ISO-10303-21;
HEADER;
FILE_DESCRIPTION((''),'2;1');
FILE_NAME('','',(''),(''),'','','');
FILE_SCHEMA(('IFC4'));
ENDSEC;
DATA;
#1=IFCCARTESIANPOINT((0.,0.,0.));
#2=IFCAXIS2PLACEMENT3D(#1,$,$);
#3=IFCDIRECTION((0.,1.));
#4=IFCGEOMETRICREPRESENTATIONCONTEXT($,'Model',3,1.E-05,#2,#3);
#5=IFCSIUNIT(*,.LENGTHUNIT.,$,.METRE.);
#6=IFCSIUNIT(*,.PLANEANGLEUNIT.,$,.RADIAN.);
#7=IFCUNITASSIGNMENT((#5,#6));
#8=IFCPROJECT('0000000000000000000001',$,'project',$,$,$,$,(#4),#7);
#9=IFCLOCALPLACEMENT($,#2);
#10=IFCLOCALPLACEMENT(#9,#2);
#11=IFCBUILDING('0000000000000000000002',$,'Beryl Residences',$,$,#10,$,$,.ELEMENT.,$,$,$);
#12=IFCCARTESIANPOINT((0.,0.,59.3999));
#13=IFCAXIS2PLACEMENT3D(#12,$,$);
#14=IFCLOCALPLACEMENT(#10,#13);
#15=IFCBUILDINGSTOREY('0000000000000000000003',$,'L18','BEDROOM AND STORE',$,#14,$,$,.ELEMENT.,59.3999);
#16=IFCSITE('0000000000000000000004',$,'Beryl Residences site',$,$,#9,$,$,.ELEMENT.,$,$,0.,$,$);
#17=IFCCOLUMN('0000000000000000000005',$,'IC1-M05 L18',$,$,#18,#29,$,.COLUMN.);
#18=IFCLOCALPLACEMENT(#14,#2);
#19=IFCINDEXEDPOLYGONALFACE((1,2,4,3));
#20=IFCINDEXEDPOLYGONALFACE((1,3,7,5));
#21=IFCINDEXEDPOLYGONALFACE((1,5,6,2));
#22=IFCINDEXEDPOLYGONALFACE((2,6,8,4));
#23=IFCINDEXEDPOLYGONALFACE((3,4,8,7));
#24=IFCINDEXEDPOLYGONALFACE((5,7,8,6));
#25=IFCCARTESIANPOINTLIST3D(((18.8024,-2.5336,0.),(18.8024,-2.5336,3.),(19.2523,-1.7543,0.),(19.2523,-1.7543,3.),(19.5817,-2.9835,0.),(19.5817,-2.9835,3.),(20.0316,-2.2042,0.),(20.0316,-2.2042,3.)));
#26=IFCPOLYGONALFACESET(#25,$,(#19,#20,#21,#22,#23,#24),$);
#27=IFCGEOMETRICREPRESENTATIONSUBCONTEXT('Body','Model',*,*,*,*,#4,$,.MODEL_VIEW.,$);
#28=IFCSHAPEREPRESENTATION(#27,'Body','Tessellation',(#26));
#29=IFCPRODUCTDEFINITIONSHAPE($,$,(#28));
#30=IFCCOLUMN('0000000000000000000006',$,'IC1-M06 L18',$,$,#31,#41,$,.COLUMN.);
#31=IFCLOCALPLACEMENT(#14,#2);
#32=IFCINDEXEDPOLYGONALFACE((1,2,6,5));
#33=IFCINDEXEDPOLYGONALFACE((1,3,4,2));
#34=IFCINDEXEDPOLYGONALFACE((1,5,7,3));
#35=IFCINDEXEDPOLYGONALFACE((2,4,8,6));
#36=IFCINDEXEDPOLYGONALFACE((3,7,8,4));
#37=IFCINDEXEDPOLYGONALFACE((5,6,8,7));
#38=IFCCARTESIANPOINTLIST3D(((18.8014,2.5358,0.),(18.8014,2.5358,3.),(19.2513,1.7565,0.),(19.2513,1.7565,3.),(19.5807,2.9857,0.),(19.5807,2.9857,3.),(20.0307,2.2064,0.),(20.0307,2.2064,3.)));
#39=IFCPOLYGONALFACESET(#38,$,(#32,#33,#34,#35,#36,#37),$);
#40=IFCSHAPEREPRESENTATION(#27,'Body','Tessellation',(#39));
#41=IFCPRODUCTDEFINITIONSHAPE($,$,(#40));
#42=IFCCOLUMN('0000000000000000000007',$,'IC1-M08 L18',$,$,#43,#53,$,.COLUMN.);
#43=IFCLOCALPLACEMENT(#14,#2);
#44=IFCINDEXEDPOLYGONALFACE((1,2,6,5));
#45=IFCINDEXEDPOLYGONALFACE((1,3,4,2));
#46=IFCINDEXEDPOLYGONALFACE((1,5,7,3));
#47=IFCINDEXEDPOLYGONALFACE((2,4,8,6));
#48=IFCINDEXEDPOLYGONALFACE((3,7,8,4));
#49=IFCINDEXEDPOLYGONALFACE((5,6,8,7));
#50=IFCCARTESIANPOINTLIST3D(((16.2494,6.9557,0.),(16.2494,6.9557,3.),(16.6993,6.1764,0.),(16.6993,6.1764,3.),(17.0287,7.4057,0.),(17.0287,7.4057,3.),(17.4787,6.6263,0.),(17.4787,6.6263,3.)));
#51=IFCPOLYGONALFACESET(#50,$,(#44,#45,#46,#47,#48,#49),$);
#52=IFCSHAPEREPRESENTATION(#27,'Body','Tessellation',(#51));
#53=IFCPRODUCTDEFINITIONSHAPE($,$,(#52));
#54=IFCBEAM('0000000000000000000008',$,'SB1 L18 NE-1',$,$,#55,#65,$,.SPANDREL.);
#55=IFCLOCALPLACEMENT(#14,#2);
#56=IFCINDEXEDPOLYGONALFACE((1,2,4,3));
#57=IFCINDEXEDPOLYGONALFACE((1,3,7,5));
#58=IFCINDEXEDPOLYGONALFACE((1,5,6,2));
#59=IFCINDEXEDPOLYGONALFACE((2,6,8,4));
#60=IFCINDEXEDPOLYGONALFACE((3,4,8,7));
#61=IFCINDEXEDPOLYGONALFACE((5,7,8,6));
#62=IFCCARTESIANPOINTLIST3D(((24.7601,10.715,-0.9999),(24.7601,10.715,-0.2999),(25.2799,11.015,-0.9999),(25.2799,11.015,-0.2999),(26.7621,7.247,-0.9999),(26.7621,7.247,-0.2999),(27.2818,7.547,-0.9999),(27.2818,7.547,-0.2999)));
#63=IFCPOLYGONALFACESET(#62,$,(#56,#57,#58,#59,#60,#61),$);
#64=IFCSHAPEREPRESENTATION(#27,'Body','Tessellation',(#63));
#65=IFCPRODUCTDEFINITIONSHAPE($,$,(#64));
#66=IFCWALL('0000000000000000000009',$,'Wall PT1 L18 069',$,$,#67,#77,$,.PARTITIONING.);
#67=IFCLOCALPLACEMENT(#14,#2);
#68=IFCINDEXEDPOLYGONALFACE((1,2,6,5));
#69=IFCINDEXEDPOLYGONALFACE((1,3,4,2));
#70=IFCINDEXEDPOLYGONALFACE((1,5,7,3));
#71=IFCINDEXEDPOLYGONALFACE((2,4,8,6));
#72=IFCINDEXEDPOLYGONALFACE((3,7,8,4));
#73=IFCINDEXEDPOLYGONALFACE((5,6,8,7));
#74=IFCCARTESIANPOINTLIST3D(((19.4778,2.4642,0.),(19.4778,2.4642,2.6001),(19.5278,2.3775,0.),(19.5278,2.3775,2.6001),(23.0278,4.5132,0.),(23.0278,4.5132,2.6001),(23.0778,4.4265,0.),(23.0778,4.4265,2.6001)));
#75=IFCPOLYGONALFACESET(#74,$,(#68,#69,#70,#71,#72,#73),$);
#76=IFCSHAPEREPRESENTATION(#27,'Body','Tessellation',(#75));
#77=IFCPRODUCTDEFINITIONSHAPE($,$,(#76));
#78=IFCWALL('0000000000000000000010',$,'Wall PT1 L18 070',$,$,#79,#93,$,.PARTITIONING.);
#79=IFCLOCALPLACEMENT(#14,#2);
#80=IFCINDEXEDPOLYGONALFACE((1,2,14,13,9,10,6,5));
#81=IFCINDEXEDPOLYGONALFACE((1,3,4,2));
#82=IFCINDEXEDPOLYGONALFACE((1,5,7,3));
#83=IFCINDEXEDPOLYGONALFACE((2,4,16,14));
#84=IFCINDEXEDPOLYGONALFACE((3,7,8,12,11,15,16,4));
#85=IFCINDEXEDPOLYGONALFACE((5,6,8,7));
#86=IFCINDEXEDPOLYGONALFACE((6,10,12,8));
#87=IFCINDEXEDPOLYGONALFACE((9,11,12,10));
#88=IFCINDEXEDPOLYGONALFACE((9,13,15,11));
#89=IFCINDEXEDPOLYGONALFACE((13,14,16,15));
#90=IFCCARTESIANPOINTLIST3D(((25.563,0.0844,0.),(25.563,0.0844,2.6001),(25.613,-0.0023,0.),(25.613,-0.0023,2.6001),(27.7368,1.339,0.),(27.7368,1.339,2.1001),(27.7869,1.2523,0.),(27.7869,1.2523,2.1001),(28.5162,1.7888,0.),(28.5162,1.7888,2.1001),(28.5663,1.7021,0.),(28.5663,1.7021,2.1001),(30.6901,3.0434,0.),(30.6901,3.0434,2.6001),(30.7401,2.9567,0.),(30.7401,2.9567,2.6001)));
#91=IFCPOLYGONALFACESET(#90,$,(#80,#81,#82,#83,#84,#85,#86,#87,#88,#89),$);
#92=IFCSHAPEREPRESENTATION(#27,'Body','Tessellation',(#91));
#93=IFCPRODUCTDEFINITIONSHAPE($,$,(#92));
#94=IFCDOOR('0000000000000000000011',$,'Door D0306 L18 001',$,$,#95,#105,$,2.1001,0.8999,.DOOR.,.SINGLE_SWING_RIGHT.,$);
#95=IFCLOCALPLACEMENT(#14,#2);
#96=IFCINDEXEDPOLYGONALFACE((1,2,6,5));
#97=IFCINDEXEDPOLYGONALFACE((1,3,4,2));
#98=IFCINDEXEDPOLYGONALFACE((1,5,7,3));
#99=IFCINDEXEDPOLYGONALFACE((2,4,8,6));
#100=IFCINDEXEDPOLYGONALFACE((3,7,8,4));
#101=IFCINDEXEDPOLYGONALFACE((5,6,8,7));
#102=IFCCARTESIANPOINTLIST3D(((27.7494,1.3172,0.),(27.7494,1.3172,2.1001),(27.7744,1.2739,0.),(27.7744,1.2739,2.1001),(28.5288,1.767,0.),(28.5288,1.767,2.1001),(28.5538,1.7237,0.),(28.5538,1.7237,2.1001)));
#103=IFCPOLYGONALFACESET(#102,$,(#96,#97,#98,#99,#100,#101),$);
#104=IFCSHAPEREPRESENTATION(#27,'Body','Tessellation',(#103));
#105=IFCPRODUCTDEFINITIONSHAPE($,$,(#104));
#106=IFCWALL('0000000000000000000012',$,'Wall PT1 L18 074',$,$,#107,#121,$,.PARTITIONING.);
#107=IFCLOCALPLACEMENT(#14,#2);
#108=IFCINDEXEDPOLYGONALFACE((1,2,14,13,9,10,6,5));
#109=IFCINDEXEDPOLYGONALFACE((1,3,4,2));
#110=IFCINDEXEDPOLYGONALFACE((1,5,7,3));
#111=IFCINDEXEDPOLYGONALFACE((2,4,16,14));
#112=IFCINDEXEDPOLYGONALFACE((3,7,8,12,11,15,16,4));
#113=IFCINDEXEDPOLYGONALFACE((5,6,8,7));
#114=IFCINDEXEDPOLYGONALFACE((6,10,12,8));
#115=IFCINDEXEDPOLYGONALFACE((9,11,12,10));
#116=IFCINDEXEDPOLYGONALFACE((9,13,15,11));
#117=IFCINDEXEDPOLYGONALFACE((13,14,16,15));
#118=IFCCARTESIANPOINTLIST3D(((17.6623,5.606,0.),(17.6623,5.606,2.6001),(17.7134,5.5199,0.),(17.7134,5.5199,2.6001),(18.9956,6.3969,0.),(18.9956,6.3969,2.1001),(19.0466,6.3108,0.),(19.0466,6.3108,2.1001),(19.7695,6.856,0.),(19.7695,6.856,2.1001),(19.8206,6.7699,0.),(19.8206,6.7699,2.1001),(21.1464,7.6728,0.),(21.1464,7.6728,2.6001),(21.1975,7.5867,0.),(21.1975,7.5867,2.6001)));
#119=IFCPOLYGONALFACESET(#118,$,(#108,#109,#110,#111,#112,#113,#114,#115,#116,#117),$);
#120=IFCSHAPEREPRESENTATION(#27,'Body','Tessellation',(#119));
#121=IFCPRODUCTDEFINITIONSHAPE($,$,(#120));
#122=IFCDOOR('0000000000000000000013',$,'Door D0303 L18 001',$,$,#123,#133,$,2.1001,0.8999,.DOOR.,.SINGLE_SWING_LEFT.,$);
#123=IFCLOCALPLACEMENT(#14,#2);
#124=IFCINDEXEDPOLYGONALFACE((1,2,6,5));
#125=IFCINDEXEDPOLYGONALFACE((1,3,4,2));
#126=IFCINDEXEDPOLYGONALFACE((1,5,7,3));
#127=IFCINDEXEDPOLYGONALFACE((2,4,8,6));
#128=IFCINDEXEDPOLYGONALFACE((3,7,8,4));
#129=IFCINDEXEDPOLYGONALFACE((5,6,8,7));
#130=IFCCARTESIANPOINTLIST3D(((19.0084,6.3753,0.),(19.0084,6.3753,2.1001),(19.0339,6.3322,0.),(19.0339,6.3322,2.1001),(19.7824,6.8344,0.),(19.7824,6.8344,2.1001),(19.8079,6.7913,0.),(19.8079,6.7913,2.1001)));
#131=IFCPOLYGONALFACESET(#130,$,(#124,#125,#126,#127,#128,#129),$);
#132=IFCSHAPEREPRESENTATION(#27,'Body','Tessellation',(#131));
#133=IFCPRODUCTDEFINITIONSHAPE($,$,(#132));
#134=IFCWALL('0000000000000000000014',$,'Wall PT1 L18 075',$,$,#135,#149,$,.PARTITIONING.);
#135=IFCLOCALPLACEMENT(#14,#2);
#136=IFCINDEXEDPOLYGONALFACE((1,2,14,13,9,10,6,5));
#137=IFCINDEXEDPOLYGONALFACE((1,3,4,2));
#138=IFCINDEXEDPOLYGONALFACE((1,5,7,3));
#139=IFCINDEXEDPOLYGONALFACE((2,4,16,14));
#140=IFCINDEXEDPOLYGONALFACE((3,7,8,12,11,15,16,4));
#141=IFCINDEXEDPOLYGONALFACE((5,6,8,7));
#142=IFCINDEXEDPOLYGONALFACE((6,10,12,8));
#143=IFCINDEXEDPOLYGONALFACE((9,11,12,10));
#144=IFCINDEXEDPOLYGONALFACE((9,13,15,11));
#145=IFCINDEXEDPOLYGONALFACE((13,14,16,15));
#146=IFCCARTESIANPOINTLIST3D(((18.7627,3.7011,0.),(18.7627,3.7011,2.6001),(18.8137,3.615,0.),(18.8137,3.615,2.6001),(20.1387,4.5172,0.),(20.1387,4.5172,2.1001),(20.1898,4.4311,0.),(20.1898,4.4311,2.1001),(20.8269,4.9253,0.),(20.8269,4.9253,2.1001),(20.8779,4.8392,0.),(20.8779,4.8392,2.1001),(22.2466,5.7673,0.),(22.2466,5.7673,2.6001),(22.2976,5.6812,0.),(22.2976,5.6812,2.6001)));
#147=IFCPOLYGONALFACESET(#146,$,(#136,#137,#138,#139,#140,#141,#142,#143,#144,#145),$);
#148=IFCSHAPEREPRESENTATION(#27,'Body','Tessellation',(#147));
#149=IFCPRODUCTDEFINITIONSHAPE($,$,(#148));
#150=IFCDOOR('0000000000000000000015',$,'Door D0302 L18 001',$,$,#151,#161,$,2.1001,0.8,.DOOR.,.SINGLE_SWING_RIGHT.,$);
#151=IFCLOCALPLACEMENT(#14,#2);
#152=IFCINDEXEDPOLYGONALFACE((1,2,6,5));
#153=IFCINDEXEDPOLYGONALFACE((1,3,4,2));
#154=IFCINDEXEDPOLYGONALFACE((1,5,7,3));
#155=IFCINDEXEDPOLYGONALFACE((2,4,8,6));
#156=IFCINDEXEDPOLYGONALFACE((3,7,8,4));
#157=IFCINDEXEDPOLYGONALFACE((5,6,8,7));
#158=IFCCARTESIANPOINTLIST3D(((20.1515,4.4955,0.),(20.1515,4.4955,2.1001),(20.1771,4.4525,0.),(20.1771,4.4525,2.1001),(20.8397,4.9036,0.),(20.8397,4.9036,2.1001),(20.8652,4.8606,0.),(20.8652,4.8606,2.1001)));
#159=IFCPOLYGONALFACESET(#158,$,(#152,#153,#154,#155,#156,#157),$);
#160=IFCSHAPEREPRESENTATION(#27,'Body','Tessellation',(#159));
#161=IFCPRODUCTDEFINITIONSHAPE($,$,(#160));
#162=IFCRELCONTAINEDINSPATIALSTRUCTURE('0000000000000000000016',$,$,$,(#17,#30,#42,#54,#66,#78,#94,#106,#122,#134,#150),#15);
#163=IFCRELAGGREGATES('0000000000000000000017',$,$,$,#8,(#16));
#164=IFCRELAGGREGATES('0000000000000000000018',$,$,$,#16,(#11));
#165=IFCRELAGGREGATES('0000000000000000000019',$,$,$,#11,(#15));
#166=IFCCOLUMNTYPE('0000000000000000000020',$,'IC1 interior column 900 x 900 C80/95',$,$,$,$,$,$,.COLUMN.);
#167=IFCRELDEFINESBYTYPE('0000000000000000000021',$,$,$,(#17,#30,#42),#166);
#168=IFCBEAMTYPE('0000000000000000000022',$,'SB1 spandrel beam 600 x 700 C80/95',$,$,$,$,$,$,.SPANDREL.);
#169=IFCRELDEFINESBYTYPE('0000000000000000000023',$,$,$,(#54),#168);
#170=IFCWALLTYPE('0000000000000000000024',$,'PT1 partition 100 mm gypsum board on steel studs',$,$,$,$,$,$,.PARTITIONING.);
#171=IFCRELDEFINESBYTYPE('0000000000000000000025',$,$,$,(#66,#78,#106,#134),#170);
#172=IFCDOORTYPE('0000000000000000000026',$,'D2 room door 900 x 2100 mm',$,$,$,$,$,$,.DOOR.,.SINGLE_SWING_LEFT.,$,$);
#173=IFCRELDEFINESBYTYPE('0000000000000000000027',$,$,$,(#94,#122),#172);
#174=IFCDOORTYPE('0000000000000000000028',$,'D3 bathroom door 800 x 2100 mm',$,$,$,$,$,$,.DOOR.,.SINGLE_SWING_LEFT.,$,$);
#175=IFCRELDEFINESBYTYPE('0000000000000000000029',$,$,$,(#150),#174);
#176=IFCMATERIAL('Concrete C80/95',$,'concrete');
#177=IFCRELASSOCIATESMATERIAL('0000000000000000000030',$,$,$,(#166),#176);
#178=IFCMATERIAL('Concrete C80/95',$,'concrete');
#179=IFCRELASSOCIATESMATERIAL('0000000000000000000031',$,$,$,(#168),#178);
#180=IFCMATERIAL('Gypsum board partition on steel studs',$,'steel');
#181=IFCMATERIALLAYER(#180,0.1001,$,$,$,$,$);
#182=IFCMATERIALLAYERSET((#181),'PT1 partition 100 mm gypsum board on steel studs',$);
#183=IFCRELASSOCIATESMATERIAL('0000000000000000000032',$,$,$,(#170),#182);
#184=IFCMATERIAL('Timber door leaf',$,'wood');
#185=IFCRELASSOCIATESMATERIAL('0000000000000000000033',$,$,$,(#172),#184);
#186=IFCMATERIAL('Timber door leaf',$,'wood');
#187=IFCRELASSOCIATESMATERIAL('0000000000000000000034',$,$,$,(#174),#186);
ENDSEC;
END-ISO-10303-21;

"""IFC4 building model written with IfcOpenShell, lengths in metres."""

from ifc_helpers import new_model, si_unit, direction, frame, frame_2d, origin, origin_2d, place, context, subcontext, project, spatial, rectangle, extrude, material, layer, layer_set, material_profile, profile_set, type_object, element, fill, save


model = new_model("IFC4")

# Units and contexts
model_context = context("Model", 3, precision=1e-05, world=origin(), true_north=direction((0.0, 1.0)))
body_context = subcontext(model_context, "Body", "Model", "MODEL_VIEW")
ifc_project = project(units=[si_unit("LENGTHUNIT", "METRE"), si_unit("PLANEANGLEUNIT", "RADIAN")], contexts=[model_context])

# Site, building, storey
site_placement = place(None, origin())
site = spatial("IfcSite", under=ifc_project, at=site_placement, Name="Beryl Residences site", CompositionType="ELEMENT", RefElevation=0.0)
building_placement = place(site_placement, origin())
building = spatial("IfcBuilding", under=site, at=building_placement, Name="Beryl Residences", CompositionType="ELEMENT")
storey_placement = place(building_placement, frame((0.0, 0.0, 59.3999)))
storey = spatial("IfcBuildingStorey", under=building, at=storey_placement, Name="L18", Description="BEDROOM AND STORE", CompositionType="ELEMENT", Elevation=59.3999)

# Columns
ifc_material_1 = material(Name="Concrete C80/95", Category="concrete")
ifc_material_profile_1 = material_profile(ifc_material_1, rectangle(XDim=0.8999, YDim=0.8999, at=origin_2d()))
ifc_profile_set_1 = profile_set([ifc_material_profile_1], Name="Concrete C80/95")
column_type = type_object("IfcColumnType", Name="IC1 interior column 900 x 900 C80/95", PredefinedType="COLUMN", material=ifc_profile_set_1)
for number, where, z_axis, x_axis, name in (
    (1, (19.417, -2.3689, 0.0), (0.0, 0.0, 1.0), (0.499985, 0.866034, 0.0), "IC1-M05 L18"),
    (2, (19.416, 2.3711, 0.0), (0.0, 0.0, 1.0), (-0.499985, 0.866034, 0.0), "IC1-M06 L18"),
    (3, (16.864, 6.791, 0.0), (0.0, 0.0, 1.0), (-0.499985, 0.866034, 0.0), "IC1-M08 L18"),
):
    element("IfcColumn", number, at=place(storey_placement, frame(where, z_axis=z_axis, x_axis=x_axis)), inside=storey, type_object=column_type, Name=name, PredefinedType="COLUMN", context=body_context, shape_type="SweptSolid", body=[
        extrude(rectangle(XDim=0.8999, YDim=0.8999, at=origin_2d()), origin(), (0.0, 0.0, 1.0), 3.0),
    ])

# Beam
ifc_material_2 = material(Name="Concrete C80/95", Category="concrete")
ifc_material_profile_2 = material_profile(ifc_material_2, rectangle(XDim=0.6001, YDim=0.7, at=origin_2d()))
ifc_profile_set_2 = profile_set([ifc_material_profile_2], Name="Concrete C80/95")
beam_type = type_object("IfcBeamType", Name="SB1 spandrel beam 600 x 700 C80/95", PredefinedType="SPANDREL", material=ifc_profile_set_2)
beam_placement = place(storey_placement, frame((27.022, 7.397, -0.6499), z_axis=(-0.499942, 0.866059, 0.0), x_axis=(-0.866059, -0.499942, 0.0)))
element("IfcBeam", 4, at=beam_placement, inside=storey, type_object=beam_type, Name="SB1 L18 NE-1", PredefinedType="SPANDREL", context=body_context, shape_type="SweptSolid", body=[
    extrude(rectangle(XDim=0.6001, YDim=0.7, at=origin_2d()), origin(), (0.0, 0.0, 1.0), 4.0044),
])

# Wall
ifc_material_3 = material(Name="Gypsum board partition on steel studs", Category="steel")
ifc_layer_1 = layer(ifc_material_3, 0.1001)
ifc_layer_set_1 = layer_set([ifc_layer_1], Name="PT1 partition 100 mm gypsum board on steel studs")
wall_type_1 = type_object("IfcWallType", Name="PT1 partition 100 mm gypsum board on steel studs", PredefinedType="PARTITIONING", material=ifc_layer_set_1)
wall_1_placement = place(storey_placement, frame((19.5029, 2.4209, 0.0), z_axis=(0.0, 0.0, 1.0), x_axis=(0.866083, 0.499899, 0.0)))
element("IfcWall", 5, at=wall_1_placement, inside=storey, type_object=wall_type_1, Name="Wall PT1 L18 069", PredefinedType="PARTITIONING", context=body_context, shape_type="SweptSolid", body=[
    extrude(rectangle(XDim=4.0989, YDim=0.1001, at=frame_2d((2.0493, 0.0))), origin(), (0.0, 0.0, 1.0), 2.6001),
])

# Walls, openings, doors
wall_2_placement = place(storey_placement, frame((25.5879, 0.041, 0.0), z_axis=(0.0, 0.0, 1.0), x_axis=(0.866113, 0.499847, 0.0)))
wall_2 = element("IfcWall", 6, at=wall_2_placement, inside=storey, type_object=wall_type_1, Name="Wall PT1 L18 070", PredefinedType="PARTITIONING", context=body_context, shape_type="SweptSolid", body=[
    extrude(rectangle(XDim=5.9197, YDim=0.1001, at=frame_2d((2.96, 0.0))), origin(), (0.0, 0.0, 1.0), 2.6001),
])
opening_1_placement = place(wall_2_placement, frame((2.51, 0.0, 0.0)))
opening_1 = element("IfcOpeningElement", 7, at=opening_1_placement, cuts=wall_2, PredefinedType="OPENING", context=body_context, shape_type="SweptSolid", body=[
    extrude(rectangle(XDim=0.8999, YDim=2.1001, at=frame_2d((0.45, 1.05))), frame((0.0, 0.0601, 0.0), z_axis=(0.0, -1.0, 0.0), x_axis=(1.0, 0.0, 0.0)), (0.0, 0.0, 1.0), 0.1201),
])
ifc_material_4 = material(Name="Timber door leaf", Category="wood")
door_type_1 = type_object("IfcDoorType", Name="D2 room door 900 x 2100 mm", OperationType="SINGLE_SWING_LEFT", PredefinedType="DOOR", material=ifc_material_4)
door_1_placement = place(opening_1_placement, origin())
door_1 = element("IfcDoor", 8, at=door_1_placement, inside=storey, type_object=door_type_1, Name="Door D0306 L18 001", OperationType="SINGLE_SWING_RIGHT", OverallHeight=2.1001, OverallWidth=0.8999, PredefinedType="DOOR", context=body_context, shape_type="SweptSolid", body=[
    extrude(rectangle(XDim=0.8999, YDim=2.1001, at=frame_2d((0.45, 1.05))), frame((0.0, 0.0249, 0.0), z_axis=(0.0, -1.0, 0.0), x_axis=(1.0, 0.0, 0.0)), (0.0, 0.0, 1.0), 0.05),
])
fill(opening_1, door_1)
wall_3_placement = place(storey_placement, frame((17.688, 5.563, 0.0), z_axis=(0.0, 0.0, 1.0), x_axis=(0.860051, 0.510209, 0.0)))
wall_3 = element("IfcWall", 9, at=wall_3_placement, inside=storey, type_object=wall_type_1, Name="Wall PT1 L18 074", PredefinedType="PARTITIONING", context=body_context, shape_type="SweptSolid", body=[
    extrude(rectangle(XDim=4.051, YDim=0.1001, at=frame_2d((2.0254, 0.0))), origin(), (0.0, 0.0, 1.0), 2.6001),
])
opening_2_placement = place(wall_3_placement, frame((1.55, 0.0, 0.0)))
opening_2 = element("IfcOpeningElement", 10, at=opening_2_placement, cuts=wall_3, PredefinedType="OPENING", context=body_context, shape_type="SweptSolid", body=[
    extrude(rectangle(XDim=0.8999, YDim=2.1001, at=frame_2d((0.45, 1.05))), frame((0.0, 0.0601, 0.0), z_axis=(0.0, -1.0, 0.0), x_axis=(1.0, 0.0, 0.0)), (0.0, 0.0, 1.0), 0.1201),
])
door_2_placement = place(opening_2_placement, origin())
door_2 = element("IfcDoor", 11, at=door_2_placement, inside=storey, type_object=door_type_1, Name="Door D0303 L18 001", OperationType="SINGLE_SWING_LEFT", OverallHeight=2.1001, OverallWidth=0.8999, PredefinedType="DOOR", context=body_context, shape_type="SweptSolid", body=[
    extrude(rectangle(XDim=0.8999, YDim=2.1001, at=frame_2d((0.45, 1.05))), frame((0.0, 0.0249, 0.0), z_axis=(0.0, -1.0, 0.0), x_axis=(1.0, 0.0, 0.0)), (0.0, 0.0, 1.0), 0.05),
])
fill(opening_2, door_2)
wall_4_placement = place(storey_placement, frame((18.7881, 3.658, 0.0), z_axis=(0.0, 0.0, 1.0), x_axis=(0.860114, 0.510101, 0.0)))
wall_4 = element("IfcWall", 12, at=wall_4_placement, inside=storey, type_object=wall_type_1, Name="Wall PT1 L18 075", PredefinedType="PARTITIONING", context=body_context, shape_type="SweptSolid", body=[
    extrude(rectangle(XDim=4.0505, YDim=0.1001, at=frame_2d((2.0254, 0.0))), origin(), (0.0, 0.0, 1.0), 2.6001),
])
opening_3_placement = place(wall_4_placement, frame((1.6001, 0.0, 0.0)))
opening_3 = element("IfcOpeningElement", 13, at=opening_3_placement, cuts=wall_4, PredefinedType="OPENING", context=body_context, shape_type="SweptSolid", body=[
    extrude(rectangle(XDim=0.8, YDim=2.1001, at=frame_2d((0.3999, 1.05))), frame((0.0, 0.0601, 0.0), z_axis=(0.0, -1.0, 0.0), x_axis=(1.0, 0.0, 0.0)), (0.0, 0.0, 1.0), 0.1201),
])
ifc_material_5 = material(Name="Timber door leaf", Category="wood")
door_type_2 = type_object("IfcDoorType", Name="D3 bathroom door 800 x 2100 mm", OperationType="SINGLE_SWING_LEFT", PredefinedType="DOOR", material=ifc_material_5)
door_3_placement = place(opening_3_placement, origin())
door_3 = element("IfcDoor", 14, at=door_3_placement, inside=storey, type_object=door_type_2, Name="Door D0302 L18 001", OperationType="SINGLE_SWING_RIGHT", OverallHeight=2.1001, OverallWidth=0.8, PredefinedType="DOOR", context=body_context, shape_type="SweptSolid", body=[
    extrude(rectangle(XDim=0.8, YDim=2.1001, at=frame_2d((0.3999, 1.05))), frame((0.0, 0.0249, 0.0), z_axis=(0.0, -1.0, 0.0), x_axis=(1.0, 0.0, 0.0)), (0.0, 0.0, 1.0), 0.05),
])
fill(opening_3, door_3)

save(model, "model.ifc")
